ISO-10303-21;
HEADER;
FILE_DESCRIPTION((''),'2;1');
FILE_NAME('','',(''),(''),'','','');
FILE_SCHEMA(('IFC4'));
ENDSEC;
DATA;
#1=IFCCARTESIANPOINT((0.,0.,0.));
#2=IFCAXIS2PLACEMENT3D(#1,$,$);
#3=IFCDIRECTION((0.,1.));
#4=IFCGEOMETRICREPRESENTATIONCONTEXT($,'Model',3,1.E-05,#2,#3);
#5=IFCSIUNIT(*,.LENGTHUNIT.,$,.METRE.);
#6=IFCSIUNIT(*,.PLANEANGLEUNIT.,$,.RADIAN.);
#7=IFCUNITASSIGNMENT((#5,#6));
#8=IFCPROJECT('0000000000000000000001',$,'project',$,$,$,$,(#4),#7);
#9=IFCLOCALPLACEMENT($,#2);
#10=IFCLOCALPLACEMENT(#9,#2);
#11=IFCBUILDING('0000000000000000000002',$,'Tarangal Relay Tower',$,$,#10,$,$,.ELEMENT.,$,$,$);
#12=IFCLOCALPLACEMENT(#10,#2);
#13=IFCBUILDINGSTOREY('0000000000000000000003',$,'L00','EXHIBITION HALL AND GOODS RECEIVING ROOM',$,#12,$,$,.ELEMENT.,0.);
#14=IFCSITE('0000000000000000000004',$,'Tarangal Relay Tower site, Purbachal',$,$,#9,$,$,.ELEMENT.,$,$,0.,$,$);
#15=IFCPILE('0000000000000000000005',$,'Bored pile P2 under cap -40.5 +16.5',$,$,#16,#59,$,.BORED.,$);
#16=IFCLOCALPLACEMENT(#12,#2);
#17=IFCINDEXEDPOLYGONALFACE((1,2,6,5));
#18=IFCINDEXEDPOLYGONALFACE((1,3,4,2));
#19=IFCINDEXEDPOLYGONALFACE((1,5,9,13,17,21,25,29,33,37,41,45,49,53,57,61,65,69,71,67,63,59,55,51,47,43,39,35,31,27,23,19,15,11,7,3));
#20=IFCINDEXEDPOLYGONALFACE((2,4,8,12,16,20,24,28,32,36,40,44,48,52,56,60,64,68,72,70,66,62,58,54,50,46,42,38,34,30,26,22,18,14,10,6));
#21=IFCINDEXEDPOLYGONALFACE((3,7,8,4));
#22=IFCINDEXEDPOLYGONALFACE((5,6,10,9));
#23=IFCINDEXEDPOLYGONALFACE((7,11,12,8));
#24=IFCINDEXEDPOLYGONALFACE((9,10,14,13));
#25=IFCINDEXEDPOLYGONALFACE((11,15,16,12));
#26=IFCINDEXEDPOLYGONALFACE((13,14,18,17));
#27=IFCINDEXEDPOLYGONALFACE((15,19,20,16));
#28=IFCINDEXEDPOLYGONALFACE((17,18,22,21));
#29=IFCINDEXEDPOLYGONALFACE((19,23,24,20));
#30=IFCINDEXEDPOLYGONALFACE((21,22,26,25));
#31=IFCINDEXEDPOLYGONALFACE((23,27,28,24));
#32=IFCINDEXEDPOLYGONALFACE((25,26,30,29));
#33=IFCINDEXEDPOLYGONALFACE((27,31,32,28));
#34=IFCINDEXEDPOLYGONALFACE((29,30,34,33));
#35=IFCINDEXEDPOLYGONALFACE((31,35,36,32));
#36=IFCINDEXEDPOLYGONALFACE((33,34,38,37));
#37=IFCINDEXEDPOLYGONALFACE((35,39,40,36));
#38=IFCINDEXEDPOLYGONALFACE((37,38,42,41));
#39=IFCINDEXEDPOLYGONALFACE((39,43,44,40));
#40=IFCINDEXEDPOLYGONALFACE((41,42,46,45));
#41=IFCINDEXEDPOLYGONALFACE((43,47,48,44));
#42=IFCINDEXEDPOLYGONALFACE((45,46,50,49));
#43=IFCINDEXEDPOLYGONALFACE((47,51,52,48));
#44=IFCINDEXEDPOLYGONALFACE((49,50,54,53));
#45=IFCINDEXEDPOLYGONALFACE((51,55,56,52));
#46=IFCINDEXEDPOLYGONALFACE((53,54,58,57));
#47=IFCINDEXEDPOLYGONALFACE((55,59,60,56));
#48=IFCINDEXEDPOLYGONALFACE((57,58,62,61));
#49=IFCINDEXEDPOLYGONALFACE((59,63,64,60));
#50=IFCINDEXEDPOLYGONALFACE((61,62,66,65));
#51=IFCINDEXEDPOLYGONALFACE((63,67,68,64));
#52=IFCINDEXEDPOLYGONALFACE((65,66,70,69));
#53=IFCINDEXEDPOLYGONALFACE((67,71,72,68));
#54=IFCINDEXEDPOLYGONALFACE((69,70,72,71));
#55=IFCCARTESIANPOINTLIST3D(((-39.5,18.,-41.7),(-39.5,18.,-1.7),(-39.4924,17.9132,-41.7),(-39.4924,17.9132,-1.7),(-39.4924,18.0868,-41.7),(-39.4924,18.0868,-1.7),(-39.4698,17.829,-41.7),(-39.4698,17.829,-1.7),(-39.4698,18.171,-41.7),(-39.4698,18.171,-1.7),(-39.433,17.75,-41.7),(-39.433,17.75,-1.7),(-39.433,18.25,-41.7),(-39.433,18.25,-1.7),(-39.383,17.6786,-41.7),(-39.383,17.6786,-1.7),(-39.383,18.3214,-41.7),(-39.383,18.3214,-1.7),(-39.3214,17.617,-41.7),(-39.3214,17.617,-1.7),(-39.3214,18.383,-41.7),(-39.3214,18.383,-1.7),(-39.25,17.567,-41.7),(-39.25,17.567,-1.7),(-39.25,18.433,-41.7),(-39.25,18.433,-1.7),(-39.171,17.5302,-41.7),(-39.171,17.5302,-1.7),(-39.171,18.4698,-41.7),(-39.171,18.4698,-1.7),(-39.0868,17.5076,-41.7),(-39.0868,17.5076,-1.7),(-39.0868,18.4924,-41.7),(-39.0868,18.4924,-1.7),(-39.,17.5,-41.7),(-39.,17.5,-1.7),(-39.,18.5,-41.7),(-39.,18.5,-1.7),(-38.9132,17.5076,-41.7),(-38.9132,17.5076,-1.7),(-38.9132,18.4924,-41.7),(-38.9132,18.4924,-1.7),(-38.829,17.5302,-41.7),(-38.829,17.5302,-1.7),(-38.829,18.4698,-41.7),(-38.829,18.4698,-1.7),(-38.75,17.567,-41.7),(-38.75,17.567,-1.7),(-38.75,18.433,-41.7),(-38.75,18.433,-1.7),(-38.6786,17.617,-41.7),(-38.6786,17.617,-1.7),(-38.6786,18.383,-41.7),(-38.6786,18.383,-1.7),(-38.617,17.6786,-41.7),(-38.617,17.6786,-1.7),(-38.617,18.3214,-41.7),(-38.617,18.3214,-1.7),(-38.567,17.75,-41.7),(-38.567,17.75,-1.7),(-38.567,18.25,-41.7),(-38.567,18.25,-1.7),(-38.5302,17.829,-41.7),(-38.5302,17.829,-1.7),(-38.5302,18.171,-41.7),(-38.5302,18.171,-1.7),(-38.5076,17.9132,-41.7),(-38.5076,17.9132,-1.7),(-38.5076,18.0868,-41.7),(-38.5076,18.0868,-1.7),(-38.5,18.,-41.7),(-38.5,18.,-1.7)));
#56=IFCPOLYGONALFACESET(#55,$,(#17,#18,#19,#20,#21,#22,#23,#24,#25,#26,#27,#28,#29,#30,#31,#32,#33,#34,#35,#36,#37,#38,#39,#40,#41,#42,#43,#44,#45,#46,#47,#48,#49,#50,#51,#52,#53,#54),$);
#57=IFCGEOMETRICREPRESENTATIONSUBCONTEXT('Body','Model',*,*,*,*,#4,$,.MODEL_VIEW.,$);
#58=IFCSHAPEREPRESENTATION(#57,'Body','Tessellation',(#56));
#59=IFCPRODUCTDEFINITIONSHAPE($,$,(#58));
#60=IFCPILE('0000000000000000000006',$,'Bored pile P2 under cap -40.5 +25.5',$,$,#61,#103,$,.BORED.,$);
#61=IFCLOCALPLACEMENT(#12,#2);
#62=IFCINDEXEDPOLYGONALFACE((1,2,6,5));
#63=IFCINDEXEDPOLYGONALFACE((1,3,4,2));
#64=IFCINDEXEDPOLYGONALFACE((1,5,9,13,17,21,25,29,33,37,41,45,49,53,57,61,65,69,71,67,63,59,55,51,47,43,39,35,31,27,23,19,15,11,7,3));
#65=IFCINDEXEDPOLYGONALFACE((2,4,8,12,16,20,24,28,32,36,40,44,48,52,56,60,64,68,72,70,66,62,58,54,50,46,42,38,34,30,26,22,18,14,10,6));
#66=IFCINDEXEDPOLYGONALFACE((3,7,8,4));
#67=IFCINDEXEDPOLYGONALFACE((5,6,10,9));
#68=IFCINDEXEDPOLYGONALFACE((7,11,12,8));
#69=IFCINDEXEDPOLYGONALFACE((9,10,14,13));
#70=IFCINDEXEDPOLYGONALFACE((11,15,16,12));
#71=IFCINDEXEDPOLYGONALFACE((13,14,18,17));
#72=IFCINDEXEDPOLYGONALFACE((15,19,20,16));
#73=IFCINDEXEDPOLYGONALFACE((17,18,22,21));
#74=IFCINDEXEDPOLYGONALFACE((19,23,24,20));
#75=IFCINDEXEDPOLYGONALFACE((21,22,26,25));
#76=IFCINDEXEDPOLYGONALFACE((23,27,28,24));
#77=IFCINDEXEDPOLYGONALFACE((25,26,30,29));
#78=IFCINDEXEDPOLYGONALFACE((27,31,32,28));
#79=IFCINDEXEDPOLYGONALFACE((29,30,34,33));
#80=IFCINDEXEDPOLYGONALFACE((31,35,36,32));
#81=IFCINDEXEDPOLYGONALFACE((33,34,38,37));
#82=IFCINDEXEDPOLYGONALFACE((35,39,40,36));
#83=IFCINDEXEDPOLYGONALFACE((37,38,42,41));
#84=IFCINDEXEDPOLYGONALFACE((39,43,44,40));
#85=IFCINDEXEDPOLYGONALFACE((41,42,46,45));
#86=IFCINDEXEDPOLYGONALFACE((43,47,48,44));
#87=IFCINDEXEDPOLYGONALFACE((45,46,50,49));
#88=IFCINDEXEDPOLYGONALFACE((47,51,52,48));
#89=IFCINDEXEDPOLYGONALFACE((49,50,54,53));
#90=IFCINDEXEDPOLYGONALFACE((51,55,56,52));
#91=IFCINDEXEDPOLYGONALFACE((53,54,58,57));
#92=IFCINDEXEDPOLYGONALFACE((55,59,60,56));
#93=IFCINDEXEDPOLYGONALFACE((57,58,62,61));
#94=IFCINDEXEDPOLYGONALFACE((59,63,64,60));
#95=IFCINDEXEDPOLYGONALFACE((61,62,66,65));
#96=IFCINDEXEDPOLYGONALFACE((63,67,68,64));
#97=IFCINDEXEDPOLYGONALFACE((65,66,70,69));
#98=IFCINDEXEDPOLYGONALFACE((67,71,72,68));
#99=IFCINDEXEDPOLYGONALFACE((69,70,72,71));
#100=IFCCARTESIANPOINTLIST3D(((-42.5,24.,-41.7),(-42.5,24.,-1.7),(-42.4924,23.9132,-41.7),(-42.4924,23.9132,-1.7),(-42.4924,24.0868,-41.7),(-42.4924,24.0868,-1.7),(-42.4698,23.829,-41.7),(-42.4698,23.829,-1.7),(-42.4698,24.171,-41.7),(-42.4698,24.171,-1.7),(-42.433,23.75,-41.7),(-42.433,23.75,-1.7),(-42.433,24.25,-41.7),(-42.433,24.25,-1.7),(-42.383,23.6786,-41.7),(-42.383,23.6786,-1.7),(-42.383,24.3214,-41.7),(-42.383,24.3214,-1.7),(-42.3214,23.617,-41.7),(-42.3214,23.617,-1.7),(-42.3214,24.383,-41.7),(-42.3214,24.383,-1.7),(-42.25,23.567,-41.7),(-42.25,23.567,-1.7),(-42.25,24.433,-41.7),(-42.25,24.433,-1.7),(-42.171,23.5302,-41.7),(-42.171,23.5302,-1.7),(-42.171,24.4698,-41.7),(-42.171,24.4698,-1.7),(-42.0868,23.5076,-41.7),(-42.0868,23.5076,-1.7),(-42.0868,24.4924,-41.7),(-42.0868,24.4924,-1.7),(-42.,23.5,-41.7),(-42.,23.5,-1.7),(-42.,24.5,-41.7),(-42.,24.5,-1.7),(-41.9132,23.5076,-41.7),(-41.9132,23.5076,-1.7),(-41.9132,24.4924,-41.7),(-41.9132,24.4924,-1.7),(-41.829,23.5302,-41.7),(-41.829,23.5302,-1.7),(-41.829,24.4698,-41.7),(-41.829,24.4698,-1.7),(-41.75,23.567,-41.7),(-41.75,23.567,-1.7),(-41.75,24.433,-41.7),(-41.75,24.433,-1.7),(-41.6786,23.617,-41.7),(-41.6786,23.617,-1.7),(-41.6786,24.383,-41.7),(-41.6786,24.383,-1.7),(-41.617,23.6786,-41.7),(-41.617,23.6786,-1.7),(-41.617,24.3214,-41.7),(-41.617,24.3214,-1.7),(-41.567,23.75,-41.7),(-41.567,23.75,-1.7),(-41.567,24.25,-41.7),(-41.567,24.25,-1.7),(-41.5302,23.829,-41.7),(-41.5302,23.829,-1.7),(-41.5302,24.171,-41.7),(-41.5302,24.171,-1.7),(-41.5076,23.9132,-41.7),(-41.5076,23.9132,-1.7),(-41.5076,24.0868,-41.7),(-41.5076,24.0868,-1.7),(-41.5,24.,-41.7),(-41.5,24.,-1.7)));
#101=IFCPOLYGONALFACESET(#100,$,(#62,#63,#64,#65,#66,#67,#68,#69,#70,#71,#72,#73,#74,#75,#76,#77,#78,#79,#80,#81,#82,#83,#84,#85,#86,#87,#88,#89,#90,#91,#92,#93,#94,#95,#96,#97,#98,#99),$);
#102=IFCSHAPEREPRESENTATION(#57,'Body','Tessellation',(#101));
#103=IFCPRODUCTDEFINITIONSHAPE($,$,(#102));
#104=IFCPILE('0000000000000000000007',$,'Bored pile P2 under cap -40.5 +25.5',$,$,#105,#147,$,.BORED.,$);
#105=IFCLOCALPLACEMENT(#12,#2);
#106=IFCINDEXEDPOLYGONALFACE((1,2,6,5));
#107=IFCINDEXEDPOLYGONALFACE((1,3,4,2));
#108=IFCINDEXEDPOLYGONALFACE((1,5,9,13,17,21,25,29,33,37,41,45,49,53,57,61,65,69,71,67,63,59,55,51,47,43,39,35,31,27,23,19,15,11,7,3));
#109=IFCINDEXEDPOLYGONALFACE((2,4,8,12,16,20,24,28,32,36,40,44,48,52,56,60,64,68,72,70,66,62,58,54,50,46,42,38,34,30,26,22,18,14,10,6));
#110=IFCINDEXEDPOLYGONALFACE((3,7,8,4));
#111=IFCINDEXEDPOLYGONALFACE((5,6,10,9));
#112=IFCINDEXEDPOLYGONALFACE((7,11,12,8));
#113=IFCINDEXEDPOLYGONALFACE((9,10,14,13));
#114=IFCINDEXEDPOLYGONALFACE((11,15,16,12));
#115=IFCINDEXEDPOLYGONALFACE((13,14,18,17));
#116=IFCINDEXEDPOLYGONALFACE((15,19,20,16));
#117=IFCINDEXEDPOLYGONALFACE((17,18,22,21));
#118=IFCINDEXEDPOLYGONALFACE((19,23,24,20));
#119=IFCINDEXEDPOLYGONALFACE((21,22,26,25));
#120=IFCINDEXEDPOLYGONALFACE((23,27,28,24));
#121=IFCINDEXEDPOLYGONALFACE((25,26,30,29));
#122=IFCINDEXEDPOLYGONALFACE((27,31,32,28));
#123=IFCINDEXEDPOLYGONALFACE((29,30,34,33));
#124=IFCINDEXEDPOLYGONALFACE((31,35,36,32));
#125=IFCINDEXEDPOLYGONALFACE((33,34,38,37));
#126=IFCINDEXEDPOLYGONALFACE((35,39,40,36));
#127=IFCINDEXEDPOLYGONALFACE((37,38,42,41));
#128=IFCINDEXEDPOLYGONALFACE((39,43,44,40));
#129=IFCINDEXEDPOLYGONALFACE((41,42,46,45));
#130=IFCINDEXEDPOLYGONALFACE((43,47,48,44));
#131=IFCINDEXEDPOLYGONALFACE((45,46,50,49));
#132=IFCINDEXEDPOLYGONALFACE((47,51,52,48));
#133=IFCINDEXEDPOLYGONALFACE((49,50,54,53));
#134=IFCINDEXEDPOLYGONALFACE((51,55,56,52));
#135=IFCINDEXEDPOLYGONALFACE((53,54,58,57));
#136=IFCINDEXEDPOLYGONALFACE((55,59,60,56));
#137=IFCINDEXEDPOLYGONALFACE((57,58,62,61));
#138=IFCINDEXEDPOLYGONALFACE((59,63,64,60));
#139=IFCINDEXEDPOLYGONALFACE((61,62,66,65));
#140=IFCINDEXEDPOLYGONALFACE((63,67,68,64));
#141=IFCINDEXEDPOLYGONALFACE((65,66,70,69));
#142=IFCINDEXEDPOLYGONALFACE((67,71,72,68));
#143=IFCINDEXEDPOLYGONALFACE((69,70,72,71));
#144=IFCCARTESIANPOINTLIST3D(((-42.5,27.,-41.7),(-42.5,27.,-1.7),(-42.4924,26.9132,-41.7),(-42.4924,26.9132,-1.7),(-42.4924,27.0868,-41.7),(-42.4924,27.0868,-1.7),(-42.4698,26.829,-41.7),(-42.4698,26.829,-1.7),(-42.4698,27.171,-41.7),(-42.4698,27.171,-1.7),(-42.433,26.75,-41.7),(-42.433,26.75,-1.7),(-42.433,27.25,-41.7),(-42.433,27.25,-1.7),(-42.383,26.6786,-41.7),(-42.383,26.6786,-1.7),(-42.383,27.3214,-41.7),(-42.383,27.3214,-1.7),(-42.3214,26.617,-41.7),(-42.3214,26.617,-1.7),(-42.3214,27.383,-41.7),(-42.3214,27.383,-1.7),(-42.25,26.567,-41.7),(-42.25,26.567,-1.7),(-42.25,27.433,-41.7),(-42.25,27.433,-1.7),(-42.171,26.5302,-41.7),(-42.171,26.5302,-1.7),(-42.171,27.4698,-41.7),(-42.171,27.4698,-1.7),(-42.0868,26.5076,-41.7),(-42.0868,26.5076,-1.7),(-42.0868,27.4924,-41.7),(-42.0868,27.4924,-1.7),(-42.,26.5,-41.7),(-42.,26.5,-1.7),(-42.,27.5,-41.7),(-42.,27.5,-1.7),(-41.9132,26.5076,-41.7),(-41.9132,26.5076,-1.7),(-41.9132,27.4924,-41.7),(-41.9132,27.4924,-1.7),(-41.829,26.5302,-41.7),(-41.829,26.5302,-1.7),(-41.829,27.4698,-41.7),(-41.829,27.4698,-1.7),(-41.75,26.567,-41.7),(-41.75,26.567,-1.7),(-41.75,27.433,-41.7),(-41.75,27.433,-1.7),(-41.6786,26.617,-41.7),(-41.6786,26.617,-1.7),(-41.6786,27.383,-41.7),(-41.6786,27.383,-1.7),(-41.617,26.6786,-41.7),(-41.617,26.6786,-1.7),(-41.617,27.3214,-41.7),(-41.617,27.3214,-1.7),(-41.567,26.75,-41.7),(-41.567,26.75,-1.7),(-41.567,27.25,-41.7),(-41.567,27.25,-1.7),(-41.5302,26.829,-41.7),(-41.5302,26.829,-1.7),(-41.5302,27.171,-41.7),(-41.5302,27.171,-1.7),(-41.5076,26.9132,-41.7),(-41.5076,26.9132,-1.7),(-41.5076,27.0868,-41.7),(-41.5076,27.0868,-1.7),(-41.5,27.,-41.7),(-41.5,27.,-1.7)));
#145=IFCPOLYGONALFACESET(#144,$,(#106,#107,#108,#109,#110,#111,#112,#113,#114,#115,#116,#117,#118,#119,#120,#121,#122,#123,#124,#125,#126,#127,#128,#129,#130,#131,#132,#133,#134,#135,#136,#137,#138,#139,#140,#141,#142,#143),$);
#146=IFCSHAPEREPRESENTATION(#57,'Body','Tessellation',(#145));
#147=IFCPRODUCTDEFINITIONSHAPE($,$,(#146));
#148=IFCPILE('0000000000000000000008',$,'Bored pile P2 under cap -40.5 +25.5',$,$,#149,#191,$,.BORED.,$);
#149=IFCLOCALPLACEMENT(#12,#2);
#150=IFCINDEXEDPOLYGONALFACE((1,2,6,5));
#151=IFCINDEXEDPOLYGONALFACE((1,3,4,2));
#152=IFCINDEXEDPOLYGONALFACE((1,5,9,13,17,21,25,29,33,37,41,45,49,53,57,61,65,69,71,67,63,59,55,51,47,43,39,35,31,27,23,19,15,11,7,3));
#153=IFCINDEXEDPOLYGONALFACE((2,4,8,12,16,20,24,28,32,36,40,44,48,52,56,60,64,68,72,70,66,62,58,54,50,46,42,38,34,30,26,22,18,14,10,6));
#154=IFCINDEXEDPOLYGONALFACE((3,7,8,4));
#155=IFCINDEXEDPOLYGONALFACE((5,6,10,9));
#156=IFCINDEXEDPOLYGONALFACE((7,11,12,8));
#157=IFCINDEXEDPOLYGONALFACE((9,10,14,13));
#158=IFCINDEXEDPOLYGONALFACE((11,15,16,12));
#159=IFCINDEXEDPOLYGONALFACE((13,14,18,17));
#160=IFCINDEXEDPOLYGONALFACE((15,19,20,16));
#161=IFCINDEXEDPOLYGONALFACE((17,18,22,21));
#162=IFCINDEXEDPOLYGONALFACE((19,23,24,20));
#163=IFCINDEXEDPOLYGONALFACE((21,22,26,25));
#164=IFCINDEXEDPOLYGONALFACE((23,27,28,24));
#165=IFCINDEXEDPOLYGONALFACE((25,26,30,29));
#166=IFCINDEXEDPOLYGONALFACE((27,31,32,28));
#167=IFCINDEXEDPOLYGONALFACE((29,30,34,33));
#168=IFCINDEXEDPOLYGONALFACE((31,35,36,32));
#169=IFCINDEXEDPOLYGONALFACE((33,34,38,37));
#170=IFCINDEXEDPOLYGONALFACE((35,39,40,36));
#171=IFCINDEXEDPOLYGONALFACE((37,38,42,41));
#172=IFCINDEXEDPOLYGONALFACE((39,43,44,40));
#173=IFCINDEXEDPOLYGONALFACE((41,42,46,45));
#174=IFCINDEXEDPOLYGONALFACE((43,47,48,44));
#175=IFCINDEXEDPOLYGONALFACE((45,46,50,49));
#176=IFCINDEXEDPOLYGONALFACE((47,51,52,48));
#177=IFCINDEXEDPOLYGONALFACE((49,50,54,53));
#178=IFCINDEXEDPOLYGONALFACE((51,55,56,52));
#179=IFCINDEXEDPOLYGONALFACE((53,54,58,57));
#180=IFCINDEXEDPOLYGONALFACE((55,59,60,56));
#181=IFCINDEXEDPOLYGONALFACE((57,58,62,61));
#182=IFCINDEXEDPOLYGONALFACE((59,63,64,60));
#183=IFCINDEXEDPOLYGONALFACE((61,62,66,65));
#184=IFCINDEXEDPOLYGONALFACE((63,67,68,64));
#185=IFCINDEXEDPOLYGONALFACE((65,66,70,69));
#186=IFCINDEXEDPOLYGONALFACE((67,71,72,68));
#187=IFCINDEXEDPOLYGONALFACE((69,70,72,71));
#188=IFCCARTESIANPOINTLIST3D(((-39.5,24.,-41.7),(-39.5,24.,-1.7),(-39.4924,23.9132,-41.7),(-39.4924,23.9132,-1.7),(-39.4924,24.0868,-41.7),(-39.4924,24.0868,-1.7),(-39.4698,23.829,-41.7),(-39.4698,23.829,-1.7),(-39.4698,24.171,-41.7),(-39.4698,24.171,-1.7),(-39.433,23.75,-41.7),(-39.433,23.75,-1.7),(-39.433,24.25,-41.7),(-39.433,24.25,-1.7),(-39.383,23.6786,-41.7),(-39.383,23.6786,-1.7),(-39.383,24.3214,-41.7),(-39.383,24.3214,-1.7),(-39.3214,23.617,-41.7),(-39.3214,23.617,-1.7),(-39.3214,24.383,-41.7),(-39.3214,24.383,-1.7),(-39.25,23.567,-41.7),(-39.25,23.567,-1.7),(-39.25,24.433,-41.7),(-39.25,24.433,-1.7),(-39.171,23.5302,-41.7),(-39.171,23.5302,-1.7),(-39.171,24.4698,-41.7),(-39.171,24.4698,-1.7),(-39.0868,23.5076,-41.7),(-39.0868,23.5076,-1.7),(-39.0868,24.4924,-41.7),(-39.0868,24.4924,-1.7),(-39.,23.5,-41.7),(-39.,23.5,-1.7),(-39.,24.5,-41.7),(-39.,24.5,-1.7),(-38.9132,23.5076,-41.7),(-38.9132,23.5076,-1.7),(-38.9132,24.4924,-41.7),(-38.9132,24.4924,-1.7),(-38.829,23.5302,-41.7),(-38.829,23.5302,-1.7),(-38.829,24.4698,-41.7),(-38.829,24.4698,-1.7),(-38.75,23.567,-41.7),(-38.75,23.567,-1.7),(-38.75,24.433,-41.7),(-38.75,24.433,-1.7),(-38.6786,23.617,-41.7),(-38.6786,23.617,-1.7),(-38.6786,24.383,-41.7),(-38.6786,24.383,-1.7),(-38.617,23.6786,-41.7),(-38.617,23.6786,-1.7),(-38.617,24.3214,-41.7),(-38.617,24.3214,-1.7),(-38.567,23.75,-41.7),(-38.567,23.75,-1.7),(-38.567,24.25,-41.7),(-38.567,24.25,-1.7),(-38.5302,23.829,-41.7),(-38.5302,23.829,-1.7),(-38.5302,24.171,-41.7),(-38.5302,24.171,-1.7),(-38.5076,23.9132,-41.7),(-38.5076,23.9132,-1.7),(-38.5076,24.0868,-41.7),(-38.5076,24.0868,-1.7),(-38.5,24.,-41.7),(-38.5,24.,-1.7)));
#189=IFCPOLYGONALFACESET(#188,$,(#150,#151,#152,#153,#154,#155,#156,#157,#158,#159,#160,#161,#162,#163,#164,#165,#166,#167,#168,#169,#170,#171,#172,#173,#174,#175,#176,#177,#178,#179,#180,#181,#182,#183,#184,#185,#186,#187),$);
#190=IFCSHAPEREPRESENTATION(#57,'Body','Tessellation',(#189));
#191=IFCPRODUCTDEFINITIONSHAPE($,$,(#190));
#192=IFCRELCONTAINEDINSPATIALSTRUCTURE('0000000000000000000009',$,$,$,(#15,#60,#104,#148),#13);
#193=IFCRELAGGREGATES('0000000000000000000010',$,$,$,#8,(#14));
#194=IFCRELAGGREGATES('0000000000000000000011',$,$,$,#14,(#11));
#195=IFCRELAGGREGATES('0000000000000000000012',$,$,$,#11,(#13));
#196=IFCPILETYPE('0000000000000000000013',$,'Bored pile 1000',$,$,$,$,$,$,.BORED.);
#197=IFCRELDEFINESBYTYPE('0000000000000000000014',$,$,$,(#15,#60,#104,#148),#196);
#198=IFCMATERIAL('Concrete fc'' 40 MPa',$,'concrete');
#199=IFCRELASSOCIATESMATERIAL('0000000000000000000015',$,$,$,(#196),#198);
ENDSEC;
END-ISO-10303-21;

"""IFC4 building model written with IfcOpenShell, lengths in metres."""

from ifc_helpers import new_model, si_unit, direction, frame, origin, origin_2d, place, context, subcontext, project, spatial, circle, extrude, material, material_profile, profile_set, type_object, element, save


model = new_model("IFC4")

# Units and contexts
model_context = context("Model", 3, precision=1e-05, world=origin(), true_north=direction((0.0, 1.0)))
body_context = subcontext(model_context, "Body", "Model", "MODEL_VIEW")
ifc_project = project(units=[si_unit("LENGTHUNIT", "METRE"), si_unit("PLANEANGLEUNIT", "RADIAN")], contexts=[model_context])

# Site, building, storey
site_placement = place(None, origin())
site = spatial("IfcSite", under=ifc_project, at=site_placement, Name="Tarangal Relay Tower site, Purbachal", CompositionType="ELEMENT", RefElevation=0.0)
building_placement = place(site_placement, origin())
building = spatial("IfcBuilding", under=site, at=building_placement, Name="Tarangal Relay Tower", CompositionType="ELEMENT")
storey_placement = place(building_placement, origin())
storey = spatial("IfcBuildingStorey", under=building, at=storey_placement, Name="L00", Description="EXHIBITION HALL AND GOODS RECEIVING ROOM", CompositionType="ELEMENT", Elevation=0.0)

# Piles
ifc_material_1 = material(Name="Concrete fc' 40 MPa", Category="concrete")
ifc_material_profile_1 = material_profile(ifc_material_1, circle(Radius=0.5, at=origin_2d()), Name="D1000")
ifc_profile_set_1 = profile_set([ifc_material_profile_1], Name="Concrete fc' 40 MPa")
pile_type = type_object("IfcPileType", Name="Bored pile 1000", PredefinedType="BORED", material=ifc_profile_set_1)
for number, where, z_axis, x_axis, name in (
    (1, (-39.0, 18.0, -1.7), (0.0, 0.0, -1.0), (1.0, 0.0, 0.0), "Bored pile P2 under cap -40.5 +16.5"),
    (2, (-42.0, 24.0, -1.7), (0.0, 0.0, -1.0), (1.0, 0.0, 0.0), "Bored pile P2 under cap -40.5 +25.5"),
    (3, (-42.0, 27.0, -1.7), (0.0, 0.0, -1.0), (1.0, 0.0, 0.0), "Bored pile P2 under cap -40.5 +25.5"),
    (4, (-39.0, 24.0, -1.7), (0.0, 0.0, -1.0), (1.0, 0.0, 0.0), "Bored pile P2 under cap -40.5 +25.5"),
):
    element("IfcPile", number, at=place(storey_placement, frame(where, z_axis=z_axis, x_axis=x_axis)), inside=storey, type_object=pile_type, Name=name, PredefinedType="BORED", context=body_context, shape_type="SweptSolid", body=[
        extrude(circle(Radius=0.5, at=origin_2d()), origin(), (0.0, 0.0, 1.0), 40.0),
    ])

save(model, "model.ifc")
